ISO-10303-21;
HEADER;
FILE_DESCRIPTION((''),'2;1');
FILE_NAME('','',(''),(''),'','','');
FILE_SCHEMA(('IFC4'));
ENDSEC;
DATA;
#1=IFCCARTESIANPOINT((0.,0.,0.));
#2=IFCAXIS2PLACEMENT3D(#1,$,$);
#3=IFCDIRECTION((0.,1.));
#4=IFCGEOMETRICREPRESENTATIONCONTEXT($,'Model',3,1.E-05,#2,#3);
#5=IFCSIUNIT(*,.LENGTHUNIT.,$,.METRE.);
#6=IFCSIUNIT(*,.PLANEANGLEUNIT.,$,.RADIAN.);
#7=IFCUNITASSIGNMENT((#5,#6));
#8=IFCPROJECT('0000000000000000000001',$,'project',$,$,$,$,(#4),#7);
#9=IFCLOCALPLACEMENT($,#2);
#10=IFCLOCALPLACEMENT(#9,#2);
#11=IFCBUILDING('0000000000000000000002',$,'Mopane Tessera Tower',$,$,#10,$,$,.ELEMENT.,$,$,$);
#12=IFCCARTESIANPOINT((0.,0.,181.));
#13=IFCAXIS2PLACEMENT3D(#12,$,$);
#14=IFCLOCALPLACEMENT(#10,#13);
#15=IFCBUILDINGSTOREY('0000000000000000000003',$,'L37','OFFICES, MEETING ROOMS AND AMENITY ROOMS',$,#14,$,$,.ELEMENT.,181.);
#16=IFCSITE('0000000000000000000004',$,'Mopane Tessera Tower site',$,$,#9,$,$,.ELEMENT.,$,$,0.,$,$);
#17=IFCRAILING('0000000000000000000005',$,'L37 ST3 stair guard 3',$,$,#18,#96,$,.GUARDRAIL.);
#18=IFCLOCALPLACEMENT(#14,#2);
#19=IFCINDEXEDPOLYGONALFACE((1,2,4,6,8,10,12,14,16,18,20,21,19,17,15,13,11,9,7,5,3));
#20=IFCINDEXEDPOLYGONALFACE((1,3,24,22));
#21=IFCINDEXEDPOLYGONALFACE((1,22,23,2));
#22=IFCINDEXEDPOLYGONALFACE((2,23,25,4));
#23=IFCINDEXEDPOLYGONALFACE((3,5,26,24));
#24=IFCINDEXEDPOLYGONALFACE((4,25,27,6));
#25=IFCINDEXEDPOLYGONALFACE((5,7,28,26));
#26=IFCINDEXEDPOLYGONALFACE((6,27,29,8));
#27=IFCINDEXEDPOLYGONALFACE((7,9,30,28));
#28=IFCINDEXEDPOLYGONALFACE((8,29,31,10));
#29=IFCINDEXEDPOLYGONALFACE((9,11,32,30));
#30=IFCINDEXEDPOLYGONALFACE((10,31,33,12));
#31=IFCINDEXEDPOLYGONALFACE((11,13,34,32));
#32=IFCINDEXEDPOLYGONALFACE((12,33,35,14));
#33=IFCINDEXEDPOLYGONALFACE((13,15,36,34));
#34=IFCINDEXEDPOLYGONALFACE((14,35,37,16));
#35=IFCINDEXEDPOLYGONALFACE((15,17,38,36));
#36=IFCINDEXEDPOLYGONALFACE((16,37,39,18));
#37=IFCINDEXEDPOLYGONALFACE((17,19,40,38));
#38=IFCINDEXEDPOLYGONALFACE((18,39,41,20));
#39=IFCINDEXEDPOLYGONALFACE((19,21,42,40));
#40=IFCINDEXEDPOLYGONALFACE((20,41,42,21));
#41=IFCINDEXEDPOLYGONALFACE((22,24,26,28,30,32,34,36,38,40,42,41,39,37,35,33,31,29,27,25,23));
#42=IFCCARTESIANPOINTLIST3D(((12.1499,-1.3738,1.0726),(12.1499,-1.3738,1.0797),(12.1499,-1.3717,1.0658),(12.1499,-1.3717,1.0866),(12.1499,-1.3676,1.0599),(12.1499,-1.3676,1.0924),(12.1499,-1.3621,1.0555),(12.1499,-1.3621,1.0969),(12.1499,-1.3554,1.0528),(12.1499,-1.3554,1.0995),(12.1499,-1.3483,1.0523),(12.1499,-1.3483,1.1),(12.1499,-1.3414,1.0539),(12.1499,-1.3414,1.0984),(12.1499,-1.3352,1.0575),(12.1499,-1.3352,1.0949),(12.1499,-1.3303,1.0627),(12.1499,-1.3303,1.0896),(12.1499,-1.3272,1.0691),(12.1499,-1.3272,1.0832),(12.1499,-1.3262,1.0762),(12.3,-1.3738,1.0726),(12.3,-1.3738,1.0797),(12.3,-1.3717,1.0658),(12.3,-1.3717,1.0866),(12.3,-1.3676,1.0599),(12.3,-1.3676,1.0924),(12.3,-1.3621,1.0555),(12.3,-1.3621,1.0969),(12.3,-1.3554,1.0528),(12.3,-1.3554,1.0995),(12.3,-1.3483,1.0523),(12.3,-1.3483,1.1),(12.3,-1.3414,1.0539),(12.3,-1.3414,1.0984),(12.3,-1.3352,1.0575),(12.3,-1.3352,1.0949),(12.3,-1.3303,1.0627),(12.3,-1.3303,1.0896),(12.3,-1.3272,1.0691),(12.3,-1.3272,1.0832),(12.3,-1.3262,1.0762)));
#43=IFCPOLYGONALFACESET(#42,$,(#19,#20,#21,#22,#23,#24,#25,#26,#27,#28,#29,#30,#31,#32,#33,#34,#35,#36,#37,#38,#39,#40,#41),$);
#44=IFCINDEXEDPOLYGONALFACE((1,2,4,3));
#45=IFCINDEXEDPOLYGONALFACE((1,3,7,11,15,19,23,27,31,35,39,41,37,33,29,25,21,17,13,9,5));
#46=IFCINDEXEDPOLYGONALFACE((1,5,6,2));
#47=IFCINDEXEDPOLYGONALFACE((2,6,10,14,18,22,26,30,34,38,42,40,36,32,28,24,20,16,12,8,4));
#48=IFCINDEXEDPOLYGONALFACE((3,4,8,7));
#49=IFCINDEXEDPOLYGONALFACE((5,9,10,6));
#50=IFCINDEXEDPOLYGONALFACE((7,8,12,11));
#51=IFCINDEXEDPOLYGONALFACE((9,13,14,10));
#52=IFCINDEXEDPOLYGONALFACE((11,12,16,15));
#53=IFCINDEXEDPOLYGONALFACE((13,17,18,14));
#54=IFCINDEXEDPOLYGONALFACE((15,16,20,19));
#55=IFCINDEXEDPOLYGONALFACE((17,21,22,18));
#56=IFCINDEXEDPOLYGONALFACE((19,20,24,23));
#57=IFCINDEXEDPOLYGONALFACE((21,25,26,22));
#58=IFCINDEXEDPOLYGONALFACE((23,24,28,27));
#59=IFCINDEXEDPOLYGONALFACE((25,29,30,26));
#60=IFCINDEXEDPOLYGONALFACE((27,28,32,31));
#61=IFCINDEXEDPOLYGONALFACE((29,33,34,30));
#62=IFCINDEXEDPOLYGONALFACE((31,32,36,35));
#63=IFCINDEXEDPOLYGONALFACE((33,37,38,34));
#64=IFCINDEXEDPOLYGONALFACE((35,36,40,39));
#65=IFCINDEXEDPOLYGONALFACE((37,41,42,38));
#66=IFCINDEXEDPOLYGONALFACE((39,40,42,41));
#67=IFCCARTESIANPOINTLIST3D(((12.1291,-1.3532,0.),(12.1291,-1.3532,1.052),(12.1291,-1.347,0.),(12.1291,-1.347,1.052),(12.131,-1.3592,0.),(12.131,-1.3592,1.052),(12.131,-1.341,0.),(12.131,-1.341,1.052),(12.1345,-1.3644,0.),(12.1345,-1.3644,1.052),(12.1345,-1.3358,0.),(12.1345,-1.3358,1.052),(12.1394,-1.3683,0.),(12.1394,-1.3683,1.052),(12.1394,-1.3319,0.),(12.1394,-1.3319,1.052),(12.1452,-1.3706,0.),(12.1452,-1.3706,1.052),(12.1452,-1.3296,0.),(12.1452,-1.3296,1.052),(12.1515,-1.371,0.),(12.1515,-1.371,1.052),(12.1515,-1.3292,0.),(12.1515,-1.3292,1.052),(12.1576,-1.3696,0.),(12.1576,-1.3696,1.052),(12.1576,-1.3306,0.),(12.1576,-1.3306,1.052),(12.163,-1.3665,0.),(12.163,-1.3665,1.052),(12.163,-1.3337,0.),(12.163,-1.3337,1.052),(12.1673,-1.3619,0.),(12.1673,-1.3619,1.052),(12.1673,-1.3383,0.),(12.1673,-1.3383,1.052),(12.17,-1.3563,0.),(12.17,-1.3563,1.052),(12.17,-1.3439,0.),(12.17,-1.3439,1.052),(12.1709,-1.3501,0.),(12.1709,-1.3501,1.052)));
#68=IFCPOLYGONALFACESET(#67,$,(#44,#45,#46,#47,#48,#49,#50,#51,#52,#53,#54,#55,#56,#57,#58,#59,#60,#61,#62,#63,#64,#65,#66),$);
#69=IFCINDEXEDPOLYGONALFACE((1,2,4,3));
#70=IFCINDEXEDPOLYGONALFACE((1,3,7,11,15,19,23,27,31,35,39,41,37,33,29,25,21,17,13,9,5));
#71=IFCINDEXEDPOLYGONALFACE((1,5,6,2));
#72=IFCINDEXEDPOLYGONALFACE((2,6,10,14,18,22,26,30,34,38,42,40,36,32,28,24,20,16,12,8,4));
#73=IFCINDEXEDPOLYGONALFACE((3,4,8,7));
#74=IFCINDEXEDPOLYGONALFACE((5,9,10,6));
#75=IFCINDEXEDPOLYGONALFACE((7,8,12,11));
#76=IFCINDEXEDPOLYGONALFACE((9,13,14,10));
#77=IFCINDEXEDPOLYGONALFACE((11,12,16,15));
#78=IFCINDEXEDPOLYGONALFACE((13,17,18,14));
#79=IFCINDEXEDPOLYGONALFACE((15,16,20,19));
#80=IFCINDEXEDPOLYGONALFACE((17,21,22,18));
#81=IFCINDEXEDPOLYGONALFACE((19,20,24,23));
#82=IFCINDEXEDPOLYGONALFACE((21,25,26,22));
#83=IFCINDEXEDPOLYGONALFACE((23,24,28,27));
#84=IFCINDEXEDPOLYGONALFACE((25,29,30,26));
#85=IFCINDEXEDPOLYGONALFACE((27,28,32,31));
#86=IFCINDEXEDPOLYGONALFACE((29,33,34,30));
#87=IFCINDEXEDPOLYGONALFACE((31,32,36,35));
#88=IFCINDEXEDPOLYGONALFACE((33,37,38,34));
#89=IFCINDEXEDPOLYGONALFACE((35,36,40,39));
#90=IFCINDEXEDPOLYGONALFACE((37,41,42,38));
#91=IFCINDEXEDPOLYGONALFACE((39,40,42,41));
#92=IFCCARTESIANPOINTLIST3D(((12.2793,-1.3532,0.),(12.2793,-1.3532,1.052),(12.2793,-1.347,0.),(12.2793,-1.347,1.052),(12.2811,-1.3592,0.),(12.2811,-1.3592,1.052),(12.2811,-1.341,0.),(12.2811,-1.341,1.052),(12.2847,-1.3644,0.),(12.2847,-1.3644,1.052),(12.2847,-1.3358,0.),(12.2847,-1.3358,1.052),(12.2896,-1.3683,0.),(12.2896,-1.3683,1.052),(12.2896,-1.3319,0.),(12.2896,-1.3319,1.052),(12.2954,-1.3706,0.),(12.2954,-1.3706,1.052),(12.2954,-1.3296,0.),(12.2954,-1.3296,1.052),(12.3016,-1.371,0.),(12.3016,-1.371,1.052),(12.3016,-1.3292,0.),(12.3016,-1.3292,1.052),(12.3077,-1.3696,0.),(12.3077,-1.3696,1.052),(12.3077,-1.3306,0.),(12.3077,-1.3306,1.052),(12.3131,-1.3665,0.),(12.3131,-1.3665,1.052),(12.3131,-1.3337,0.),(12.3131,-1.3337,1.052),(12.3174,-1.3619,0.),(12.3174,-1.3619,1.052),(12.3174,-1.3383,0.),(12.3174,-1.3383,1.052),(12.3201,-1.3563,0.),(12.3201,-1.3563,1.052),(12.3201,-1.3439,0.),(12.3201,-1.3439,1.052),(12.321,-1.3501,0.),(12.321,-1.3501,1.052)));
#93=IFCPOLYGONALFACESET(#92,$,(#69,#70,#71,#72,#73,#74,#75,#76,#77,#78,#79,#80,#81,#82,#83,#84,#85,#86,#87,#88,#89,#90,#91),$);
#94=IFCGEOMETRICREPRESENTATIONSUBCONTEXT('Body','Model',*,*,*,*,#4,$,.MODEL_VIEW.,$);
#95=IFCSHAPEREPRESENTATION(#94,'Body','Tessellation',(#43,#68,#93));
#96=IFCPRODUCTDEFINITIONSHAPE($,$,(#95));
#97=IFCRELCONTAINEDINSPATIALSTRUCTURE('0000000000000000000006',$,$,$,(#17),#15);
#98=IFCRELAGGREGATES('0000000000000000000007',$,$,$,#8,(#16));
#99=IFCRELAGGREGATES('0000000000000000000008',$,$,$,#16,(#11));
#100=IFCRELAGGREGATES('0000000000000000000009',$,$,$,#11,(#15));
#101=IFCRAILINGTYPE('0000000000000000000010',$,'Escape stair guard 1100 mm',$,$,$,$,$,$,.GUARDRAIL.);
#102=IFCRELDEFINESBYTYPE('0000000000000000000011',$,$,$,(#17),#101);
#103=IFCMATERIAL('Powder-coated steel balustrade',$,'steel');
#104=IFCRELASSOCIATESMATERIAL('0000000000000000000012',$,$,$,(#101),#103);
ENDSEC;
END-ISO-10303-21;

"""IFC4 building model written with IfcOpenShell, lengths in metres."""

from ifc_helpers import new_model, si_unit, direction, frame, origin, origin_2d, place, context, subcontext, project, spatial, circle, extrude, material, type_object, element, save


model = new_model("IFC4")

# Units and contexts
model_context = context("Model", 3, precision=1e-05, world=origin(), true_north=direction((0.0, 1.0)))
body_context = subcontext(model_context, "Body", "Model", "MODEL_VIEW")
ifc_project = project(units=[si_unit("LENGTHUNIT", "METRE"), si_unit("PLANEANGLEUNIT", "RADIAN")], contexts=[model_context])

# Site, building, storey
site_placement = place(None, origin())
site = spatial("IfcSite", under=ifc_project, at=site_placement, Name="Mopane Tessera Tower site", CompositionType="ELEMENT", RefElevation=0.0)
building_placement = place(site_placement, origin())
building = spatial("IfcBuilding", under=site, at=building_placement, Name="Mopane Tessera Tower", CompositionType="ELEMENT")
storey_placement = place(building_placement, frame((0.0, 0.0, 181.0)))
storey = spatial("IfcBuildingStorey", under=building, at=storey_placement, Name="L37", Description="OFFICES, MEETING ROOMS AND AMENITY ROOMS", CompositionType="ELEMENT", Elevation=181.0)

# Railing
ifc_material_1 = material(Name="Powder-coated steel balustrade", Category="steel")
railing_type_1 = type_object("IfcRailingType", Name="Escape stair guard 1100 mm", PredefinedType="GUARDRAIL", material=ifc_material_1)
railing_1_placement = place(storey_placement, frame((12.1499, -1.3501, 0.0)))
element("IfcRailing", 1, at=railing_1_placement, inside=storey, type_object=railing_type_1, Name="L37 ST3 stair guard 3", PredefinedType="GUARDRAIL", context=body_context, shape_type="SweptSolid", body=[
    extrude(circle(Radius=0.0239, at=origin_2d()), frame((0.0, 0.0, 1.0762), z_axis=(1.0, 0.0, 0.0), x_axis=(0.0, 1.0, 0.0)), (0.0, 0.0, 1.0), 0.1501),
    extrude(circle(Radius=0.021, at=origin_2d()), origin(), (0.0, 0.0, 1.0), 1.052),
    extrude(circle(Radius=0.021, at=origin_2d()), frame((0.1501, 0.0, 0.0)), (0.0, 0.0, 1.0), 1.052),
])

save(model, "model.ifc")
